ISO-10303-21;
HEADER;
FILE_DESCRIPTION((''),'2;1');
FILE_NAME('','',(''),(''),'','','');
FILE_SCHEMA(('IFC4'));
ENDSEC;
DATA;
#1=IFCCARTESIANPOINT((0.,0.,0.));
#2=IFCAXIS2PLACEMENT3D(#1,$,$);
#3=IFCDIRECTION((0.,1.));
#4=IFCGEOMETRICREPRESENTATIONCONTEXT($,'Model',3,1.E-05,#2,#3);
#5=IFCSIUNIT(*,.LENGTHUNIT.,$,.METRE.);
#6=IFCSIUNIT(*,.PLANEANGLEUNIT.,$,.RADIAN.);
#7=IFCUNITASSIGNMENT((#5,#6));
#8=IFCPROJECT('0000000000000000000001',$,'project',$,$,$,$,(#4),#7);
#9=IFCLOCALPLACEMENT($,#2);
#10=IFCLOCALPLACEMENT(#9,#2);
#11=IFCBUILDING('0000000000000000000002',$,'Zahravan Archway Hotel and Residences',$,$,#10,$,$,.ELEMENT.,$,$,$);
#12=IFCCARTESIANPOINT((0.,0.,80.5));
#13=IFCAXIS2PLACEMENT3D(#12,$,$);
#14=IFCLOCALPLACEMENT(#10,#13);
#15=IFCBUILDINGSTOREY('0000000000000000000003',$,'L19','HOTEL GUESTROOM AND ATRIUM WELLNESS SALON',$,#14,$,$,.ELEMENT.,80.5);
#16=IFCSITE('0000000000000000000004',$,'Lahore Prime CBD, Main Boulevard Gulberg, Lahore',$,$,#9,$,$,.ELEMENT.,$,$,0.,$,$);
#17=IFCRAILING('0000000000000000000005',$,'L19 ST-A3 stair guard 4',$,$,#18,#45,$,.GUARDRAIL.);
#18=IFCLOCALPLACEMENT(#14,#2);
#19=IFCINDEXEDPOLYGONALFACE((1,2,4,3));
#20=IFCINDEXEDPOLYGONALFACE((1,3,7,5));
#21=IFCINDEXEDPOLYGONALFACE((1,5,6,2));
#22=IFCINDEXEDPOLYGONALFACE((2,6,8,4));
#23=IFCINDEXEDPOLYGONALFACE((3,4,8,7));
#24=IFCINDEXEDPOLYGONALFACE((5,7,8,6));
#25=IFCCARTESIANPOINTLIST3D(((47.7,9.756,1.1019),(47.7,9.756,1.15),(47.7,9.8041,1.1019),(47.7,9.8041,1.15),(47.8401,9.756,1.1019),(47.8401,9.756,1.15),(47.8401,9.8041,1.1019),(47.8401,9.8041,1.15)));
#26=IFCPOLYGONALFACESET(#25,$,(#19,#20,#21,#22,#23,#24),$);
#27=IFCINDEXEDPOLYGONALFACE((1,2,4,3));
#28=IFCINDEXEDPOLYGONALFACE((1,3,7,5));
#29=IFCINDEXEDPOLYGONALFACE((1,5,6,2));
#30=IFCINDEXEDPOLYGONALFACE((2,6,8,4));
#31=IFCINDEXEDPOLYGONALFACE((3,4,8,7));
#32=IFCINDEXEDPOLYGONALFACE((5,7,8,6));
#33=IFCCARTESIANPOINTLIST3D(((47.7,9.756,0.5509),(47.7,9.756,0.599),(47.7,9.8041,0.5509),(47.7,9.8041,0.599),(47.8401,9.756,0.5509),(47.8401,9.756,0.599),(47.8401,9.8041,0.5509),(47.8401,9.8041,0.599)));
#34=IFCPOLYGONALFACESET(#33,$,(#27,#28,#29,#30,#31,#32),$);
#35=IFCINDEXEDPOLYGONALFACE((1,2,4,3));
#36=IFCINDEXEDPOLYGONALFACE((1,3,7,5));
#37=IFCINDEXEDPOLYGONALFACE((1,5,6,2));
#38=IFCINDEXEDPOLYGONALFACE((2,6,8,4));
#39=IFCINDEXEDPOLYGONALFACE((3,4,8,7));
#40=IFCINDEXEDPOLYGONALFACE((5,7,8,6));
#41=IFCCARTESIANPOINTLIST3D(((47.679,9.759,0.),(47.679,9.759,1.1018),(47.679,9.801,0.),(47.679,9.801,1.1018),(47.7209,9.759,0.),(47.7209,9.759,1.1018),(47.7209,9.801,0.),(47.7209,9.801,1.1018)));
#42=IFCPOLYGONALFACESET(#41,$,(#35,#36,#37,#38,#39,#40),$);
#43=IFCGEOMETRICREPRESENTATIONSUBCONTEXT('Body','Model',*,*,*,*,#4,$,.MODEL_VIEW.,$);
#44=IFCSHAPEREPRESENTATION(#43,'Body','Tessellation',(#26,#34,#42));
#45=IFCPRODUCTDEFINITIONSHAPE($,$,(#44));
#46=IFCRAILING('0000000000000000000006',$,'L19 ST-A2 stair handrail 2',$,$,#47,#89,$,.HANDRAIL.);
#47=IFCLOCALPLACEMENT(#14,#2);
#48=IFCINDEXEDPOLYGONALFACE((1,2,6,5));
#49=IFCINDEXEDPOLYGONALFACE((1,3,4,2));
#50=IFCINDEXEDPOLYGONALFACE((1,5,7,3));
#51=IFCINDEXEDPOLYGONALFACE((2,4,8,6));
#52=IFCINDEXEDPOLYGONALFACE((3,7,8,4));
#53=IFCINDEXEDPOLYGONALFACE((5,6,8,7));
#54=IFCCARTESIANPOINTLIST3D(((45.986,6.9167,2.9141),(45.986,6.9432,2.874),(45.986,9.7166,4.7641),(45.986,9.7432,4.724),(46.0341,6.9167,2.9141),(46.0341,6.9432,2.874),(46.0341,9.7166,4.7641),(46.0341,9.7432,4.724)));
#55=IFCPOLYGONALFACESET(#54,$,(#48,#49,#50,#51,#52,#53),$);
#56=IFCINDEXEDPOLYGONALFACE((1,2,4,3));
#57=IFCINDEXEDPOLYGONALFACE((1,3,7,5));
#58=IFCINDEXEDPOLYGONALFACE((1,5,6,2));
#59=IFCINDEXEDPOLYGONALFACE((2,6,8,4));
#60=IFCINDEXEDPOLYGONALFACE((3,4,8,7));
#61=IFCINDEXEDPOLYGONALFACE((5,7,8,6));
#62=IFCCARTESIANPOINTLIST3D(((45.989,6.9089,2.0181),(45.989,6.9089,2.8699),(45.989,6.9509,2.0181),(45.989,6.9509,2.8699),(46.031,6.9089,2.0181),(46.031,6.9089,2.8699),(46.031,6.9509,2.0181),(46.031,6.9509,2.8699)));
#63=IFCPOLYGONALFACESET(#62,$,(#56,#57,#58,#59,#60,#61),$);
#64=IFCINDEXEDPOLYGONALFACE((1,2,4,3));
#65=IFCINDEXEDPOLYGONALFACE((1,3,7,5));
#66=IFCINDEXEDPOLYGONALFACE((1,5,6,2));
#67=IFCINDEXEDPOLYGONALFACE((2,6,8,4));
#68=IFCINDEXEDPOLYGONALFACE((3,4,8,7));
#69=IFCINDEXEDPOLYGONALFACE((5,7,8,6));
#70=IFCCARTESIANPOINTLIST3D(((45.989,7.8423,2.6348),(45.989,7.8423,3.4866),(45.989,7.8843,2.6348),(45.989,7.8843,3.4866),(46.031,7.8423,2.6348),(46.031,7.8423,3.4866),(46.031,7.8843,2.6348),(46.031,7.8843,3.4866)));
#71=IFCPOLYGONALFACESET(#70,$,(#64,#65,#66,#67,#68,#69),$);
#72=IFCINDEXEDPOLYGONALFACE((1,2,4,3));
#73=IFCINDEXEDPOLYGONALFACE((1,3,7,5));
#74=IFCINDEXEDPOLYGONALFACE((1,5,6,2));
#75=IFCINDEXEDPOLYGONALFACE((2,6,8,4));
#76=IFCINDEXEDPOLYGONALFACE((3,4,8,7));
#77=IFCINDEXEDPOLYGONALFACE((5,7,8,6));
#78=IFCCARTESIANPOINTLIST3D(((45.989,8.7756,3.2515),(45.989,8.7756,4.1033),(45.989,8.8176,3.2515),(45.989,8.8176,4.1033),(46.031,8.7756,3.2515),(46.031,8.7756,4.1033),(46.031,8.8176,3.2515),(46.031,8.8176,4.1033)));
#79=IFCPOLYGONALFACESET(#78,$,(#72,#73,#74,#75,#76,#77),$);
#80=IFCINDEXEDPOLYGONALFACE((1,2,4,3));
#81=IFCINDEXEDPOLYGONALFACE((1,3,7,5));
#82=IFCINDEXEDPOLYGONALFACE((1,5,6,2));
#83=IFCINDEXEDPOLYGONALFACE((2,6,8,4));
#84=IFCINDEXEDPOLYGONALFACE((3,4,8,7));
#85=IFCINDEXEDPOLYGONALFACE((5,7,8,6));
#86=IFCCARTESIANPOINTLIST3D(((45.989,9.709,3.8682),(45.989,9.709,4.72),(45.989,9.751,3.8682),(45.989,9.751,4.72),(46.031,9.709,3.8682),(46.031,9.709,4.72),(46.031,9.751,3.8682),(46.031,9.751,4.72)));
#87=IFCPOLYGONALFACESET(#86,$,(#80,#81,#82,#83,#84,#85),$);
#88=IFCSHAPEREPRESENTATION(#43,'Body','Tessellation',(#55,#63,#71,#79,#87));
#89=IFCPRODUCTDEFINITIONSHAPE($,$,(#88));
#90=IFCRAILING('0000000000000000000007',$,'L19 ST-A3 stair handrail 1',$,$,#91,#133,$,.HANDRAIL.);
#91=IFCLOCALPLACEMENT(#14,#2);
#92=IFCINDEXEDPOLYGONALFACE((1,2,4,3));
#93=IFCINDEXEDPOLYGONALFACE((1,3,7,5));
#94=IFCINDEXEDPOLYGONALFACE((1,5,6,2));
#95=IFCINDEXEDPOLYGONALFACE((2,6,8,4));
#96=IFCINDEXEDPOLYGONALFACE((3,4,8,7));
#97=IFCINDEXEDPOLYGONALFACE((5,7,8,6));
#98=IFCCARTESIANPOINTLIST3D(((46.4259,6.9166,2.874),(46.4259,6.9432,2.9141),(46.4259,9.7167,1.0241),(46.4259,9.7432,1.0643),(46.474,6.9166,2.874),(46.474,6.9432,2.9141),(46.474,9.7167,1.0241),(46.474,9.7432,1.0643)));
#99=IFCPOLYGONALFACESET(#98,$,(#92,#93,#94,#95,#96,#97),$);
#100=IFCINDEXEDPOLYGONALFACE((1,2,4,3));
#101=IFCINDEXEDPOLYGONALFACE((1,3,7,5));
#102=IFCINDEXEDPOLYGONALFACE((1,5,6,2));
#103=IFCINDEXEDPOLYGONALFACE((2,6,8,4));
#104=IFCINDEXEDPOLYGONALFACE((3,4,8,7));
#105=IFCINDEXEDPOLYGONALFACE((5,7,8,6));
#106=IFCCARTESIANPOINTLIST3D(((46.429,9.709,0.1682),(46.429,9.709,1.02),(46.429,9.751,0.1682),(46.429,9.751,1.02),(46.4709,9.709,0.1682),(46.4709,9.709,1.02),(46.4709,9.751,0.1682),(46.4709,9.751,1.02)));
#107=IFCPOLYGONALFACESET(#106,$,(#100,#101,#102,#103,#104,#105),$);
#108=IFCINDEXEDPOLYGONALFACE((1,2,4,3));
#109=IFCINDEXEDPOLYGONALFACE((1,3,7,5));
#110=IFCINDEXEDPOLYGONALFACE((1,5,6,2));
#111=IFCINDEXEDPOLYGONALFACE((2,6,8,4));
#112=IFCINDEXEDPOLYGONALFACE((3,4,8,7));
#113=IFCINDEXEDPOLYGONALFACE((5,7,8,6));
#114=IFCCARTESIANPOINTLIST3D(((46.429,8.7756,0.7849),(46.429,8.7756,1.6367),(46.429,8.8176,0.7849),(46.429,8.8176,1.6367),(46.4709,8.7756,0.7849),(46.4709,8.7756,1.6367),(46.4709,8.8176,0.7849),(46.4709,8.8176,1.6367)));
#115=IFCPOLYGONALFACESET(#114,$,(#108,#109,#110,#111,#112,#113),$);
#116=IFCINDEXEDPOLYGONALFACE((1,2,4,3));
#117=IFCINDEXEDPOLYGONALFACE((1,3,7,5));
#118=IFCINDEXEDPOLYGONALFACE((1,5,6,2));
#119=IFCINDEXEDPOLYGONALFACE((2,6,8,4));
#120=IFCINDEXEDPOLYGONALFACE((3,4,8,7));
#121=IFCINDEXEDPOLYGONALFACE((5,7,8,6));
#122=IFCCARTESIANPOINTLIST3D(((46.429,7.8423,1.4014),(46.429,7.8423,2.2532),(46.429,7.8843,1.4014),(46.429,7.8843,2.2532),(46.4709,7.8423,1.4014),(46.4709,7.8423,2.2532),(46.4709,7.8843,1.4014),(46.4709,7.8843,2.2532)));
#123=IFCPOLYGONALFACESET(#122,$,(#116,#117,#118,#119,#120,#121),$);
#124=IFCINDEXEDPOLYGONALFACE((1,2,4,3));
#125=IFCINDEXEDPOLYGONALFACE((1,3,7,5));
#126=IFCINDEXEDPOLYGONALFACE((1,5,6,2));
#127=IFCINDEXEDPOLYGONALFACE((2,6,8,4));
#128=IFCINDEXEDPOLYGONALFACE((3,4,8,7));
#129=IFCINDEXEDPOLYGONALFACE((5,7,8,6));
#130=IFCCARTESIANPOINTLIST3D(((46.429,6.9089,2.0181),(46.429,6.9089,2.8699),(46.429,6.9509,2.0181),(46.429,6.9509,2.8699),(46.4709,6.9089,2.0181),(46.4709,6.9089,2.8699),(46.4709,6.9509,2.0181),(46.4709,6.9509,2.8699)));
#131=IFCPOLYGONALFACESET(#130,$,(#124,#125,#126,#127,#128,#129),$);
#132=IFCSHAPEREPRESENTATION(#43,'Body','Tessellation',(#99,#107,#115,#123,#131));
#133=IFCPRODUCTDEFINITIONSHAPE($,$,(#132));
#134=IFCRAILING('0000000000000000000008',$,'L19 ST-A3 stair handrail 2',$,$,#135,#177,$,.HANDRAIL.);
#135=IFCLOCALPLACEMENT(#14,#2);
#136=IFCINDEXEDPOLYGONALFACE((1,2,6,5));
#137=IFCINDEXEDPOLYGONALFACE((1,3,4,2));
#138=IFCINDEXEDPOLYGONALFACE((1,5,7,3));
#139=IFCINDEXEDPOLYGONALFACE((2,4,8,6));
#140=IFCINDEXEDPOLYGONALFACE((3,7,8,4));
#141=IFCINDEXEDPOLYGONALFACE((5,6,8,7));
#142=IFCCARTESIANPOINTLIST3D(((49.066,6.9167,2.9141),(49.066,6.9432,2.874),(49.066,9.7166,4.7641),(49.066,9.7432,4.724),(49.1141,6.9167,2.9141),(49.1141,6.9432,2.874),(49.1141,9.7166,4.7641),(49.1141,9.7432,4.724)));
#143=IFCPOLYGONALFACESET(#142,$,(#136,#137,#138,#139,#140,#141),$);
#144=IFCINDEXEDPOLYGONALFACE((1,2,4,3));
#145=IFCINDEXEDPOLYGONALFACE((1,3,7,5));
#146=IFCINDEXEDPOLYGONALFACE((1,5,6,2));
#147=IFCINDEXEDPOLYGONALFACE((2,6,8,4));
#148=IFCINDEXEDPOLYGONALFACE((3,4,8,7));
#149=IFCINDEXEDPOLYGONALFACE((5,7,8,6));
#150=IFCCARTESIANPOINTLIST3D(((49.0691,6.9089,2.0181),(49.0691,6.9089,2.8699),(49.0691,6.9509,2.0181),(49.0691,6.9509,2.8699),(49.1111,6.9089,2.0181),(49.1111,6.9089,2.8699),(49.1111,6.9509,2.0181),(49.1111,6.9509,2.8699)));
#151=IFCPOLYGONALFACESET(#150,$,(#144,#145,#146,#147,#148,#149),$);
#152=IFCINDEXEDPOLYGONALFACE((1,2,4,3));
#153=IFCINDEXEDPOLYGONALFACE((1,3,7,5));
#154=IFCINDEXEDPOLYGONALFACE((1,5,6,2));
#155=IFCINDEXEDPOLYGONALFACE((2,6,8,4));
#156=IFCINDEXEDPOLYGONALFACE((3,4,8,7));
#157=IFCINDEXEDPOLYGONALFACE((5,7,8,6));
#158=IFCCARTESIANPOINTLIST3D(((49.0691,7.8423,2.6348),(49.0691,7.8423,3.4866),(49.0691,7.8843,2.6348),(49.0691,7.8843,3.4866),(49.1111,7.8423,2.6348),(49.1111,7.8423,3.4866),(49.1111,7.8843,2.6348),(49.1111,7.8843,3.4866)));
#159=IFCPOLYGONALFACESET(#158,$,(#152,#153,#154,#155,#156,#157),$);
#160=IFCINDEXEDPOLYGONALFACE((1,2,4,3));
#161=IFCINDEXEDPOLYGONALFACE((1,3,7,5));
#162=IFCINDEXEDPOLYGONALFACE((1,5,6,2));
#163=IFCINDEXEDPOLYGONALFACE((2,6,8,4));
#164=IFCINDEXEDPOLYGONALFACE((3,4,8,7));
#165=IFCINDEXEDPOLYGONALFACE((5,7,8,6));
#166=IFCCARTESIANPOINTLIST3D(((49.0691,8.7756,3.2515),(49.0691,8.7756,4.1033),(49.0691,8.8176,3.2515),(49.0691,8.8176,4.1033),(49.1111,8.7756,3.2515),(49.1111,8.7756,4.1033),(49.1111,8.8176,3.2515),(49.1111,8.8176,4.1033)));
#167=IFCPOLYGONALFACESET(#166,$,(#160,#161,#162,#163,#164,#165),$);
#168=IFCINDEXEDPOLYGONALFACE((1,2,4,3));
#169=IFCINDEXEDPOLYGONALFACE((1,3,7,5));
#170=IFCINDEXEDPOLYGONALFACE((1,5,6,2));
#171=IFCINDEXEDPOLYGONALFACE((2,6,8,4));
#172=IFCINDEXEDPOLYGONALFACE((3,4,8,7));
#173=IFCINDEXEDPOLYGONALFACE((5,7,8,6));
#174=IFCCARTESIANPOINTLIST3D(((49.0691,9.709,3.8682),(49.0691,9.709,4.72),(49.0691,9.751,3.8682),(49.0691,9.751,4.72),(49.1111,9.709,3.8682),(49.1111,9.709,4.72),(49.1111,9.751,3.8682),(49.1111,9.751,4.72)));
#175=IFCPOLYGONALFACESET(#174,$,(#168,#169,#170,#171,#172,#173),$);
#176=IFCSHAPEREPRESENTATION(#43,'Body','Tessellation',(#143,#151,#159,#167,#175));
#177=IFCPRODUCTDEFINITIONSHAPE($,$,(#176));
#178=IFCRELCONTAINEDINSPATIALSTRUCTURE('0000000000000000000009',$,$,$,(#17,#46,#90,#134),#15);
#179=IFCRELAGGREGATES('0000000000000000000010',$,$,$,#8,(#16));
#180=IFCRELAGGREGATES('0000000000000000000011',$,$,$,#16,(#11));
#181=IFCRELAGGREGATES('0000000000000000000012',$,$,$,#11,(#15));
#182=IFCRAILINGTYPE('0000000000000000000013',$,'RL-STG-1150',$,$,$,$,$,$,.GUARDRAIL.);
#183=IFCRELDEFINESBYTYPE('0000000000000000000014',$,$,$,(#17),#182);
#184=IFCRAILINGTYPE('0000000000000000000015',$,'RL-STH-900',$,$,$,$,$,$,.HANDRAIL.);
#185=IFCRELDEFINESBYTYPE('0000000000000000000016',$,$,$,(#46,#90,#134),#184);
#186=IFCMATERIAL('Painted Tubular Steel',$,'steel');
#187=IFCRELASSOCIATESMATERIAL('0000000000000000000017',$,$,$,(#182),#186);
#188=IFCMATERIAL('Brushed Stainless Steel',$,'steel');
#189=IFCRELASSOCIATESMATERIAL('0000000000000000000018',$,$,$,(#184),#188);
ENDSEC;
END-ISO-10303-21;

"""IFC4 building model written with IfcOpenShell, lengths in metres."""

from ifc_helpers import new_model, si_unit, direction, frame, origin, origin_2d, place, context, subcontext, project, spatial, rectangle, extrude, material, type_object, element, save


model = new_model("IFC4")

# Units and contexts
model_context = context("Model", 3, precision=1e-05, world=origin(), true_north=direction((0.0, 1.0)))
body_context = subcontext(model_context, "Body", "Model", "MODEL_VIEW")
ifc_project = project(units=[si_unit("LENGTHUNIT", "METRE"), si_unit("PLANEANGLEUNIT", "RADIAN")], contexts=[model_context])

# Site, building, storey
site_placement = place(None, origin())
site = spatial("IfcSite", under=ifc_project, at=site_placement, Name="Lahore Prime CBD, Main Boulevard Gulberg, Lahore", CompositionType="ELEMENT", RefElevation=0.0)
building_placement = place(site_placement, origin())
building = spatial("IfcBuilding", under=site, at=building_placement, Name="Zahravan Archway Hotel and Residences", CompositionType="ELEMENT")
storey_placement = place(building_placement, frame((0.0, 0.0, 80.5)))
storey = spatial("IfcBuildingStorey", under=building, at=storey_placement, Name="L19", Description="HOTEL GUESTROOM AND ATRIUM WELLNESS SALON", CompositionType="ELEMENT", Elevation=80.5)

# Railings
ifc_material_1 = material(Name="Painted Tubular Steel", Category="steel")
railing_type_1 = type_object("IfcRailingType", Name="RL-STG-1150", PredefinedType="GUARDRAIL", material=ifc_material_1)
railing_1_placement = place(storey_placement, frame((47.7, 9.78, 0.0)))
element("IfcRailing", 1, at=railing_1_placement, inside=storey, type_object=railing_type_1, Name="L19 ST-A3 stair guard 4", PredefinedType="GUARDRAIL", context=body_context, shape_type="SweptSolid", body=[
    extrude(rectangle(XDim=0.0481, YDim=0.0481, at=origin_2d()), frame((0.0, 0.0, 1.126), z_axis=(1.0, 0.0, 0.0), x_axis=(0.0, 1.0, 0.0)), (0.0, 0.0, 1.0), 0.1401),
    extrude(rectangle(XDim=0.0481, YDim=0.0481, at=origin_2d()), frame((0.0, 0.0, 0.575), z_axis=(1.0, 0.0, 0.0), x_axis=(0.0, 1.0, 0.0)), (0.0, 0.0, 1.0), 0.1401),
    extrude(rectangle(XDim=0.042, YDim=0.042, at=origin_2d()), origin(), (0.0, 0.0, 1.0), 1.1018),
])
ifc_material_2 = material(Name="Brushed Stainless Steel", Category="steel")
railing_type_2 = type_object("IfcRailingType", Name="RL-STH-900", PredefinedType="HANDRAIL", material=ifc_material_2)
railing_2_placement = place(storey_placement, frame((46.01, 6.9299, 2.0181)))
element("IfcRailing", 2, at=railing_2_placement, inside=storey, type_object=railing_type_2, Name="L19 ST-A2 stair handrail 2", PredefinedType="HANDRAIL", context=body_context, shape_type="SweptSolid", body=[
    extrude(rectangle(XDim=0.0481, YDim=0.0481, at=origin_2d()), frame((0.0, 0.0, 0.876), z_axis=(0.0, 0.834326, 0.551271), x_axis=(-1.0, 0.0, 0.0)), (0.0, 0.0, 1.0), 3.356),
    extrude(rectangle(XDim=0.042, YDim=0.042, at=origin_2d()), origin(), (0.0, 0.0, 1.0), 0.8518),
    extrude(rectangle(XDim=0.042, YDim=0.042, at=origin_2d()), frame((0.0, 0.9333, 0.6167)), (0.0, 0.0, 1.0), 0.8518),
    extrude(rectangle(XDim=0.042, YDim=0.042, at=origin_2d()), frame((0.0, 1.8667, 1.2334)), (0.0, 0.0, 1.0), 0.8518),
    extrude(rectangle(XDim=0.042, YDim=0.042, at=origin_2d()), frame((0.0, 2.8, 1.8501)), (0.0, 0.0, 1.0), 0.8518),
])
railing_3_placement = place(storey_placement, frame((46.45, 9.73, 0.1682)))
element("IfcRailing", 3, at=railing_3_placement, inside=storey, type_object=railing_type_2, Name="L19 ST-A3 stair handrail 1", PredefinedType="HANDRAIL", context=body_context, shape_type="SweptSolid", body=[
    extrude(rectangle(XDim=0.0481, YDim=0.0481, at=origin_2d()), frame((0.0, 0.0, 0.876), z_axis=(0.0, -0.83436, 0.55122), x_axis=(1.0, 0.0, 0.0)), (0.0, 0.0, 1.0), 3.356),
    extrude(rectangle(XDim=0.042, YDim=0.042, at=origin_2d()), origin(), (0.0, 0.0, 1.0), 0.8518),
    extrude(rectangle(XDim=0.042, YDim=0.042, at=origin_2d()), frame((0.0, -0.9333, 0.6167)), (0.0, 0.0, 1.0), 0.8518),
    extrude(rectangle(XDim=0.042, YDim=0.042, at=origin_2d()), frame((0.0, -1.8667, 1.2332)), (0.0, 0.0, 1.0), 0.8518),
    extrude(rectangle(XDim=0.042, YDim=0.042, at=origin_2d()), frame((0.0, -2.8, 1.8499)), (0.0, 0.0, 1.0), 0.8518),
])
railing_4_placement = place(storey_placement, frame((49.0901, 6.9299, 2.0181)))
element("IfcRailing", 4, at=railing_4_placement, inside=storey, type_object=railing_type_2, Name="L19 ST-A3 stair handrail 2", PredefinedType="HANDRAIL", context=body_context, shape_type="SweptSolid", body=[
    extrude(rectangle(XDim=0.0481, YDim=0.0481, at=origin_2d()), frame((0.0, 0.0, 0.876), z_axis=(0.0, 0.834326, 0.551271), x_axis=(-1.0, 0.0, 0.0)), (0.0, 0.0, 1.0), 3.356),
    extrude(rectangle(XDim=0.042, YDim=0.042, at=origin_2d()), origin(), (0.0, 0.0, 1.0), 0.8518),
    extrude(rectangle(XDim=0.042, YDim=0.042, at=origin_2d()), frame((0.0, 0.9333, 0.6167)), (0.0, 0.0, 1.0), 0.8518),
    extrude(rectangle(XDim=0.042, YDim=0.042, at=origin_2d()), frame((0.0, 1.8667, 1.2334)), (0.0, 0.0, 1.0), 0.8518),
    extrude(rectangle(XDim=0.042, YDim=0.042, at=origin_2d()), frame((0.0, 2.8, 1.8501)), (0.0, 0.0, 1.0), 0.8518),
])

save(model, "model.ifc")
